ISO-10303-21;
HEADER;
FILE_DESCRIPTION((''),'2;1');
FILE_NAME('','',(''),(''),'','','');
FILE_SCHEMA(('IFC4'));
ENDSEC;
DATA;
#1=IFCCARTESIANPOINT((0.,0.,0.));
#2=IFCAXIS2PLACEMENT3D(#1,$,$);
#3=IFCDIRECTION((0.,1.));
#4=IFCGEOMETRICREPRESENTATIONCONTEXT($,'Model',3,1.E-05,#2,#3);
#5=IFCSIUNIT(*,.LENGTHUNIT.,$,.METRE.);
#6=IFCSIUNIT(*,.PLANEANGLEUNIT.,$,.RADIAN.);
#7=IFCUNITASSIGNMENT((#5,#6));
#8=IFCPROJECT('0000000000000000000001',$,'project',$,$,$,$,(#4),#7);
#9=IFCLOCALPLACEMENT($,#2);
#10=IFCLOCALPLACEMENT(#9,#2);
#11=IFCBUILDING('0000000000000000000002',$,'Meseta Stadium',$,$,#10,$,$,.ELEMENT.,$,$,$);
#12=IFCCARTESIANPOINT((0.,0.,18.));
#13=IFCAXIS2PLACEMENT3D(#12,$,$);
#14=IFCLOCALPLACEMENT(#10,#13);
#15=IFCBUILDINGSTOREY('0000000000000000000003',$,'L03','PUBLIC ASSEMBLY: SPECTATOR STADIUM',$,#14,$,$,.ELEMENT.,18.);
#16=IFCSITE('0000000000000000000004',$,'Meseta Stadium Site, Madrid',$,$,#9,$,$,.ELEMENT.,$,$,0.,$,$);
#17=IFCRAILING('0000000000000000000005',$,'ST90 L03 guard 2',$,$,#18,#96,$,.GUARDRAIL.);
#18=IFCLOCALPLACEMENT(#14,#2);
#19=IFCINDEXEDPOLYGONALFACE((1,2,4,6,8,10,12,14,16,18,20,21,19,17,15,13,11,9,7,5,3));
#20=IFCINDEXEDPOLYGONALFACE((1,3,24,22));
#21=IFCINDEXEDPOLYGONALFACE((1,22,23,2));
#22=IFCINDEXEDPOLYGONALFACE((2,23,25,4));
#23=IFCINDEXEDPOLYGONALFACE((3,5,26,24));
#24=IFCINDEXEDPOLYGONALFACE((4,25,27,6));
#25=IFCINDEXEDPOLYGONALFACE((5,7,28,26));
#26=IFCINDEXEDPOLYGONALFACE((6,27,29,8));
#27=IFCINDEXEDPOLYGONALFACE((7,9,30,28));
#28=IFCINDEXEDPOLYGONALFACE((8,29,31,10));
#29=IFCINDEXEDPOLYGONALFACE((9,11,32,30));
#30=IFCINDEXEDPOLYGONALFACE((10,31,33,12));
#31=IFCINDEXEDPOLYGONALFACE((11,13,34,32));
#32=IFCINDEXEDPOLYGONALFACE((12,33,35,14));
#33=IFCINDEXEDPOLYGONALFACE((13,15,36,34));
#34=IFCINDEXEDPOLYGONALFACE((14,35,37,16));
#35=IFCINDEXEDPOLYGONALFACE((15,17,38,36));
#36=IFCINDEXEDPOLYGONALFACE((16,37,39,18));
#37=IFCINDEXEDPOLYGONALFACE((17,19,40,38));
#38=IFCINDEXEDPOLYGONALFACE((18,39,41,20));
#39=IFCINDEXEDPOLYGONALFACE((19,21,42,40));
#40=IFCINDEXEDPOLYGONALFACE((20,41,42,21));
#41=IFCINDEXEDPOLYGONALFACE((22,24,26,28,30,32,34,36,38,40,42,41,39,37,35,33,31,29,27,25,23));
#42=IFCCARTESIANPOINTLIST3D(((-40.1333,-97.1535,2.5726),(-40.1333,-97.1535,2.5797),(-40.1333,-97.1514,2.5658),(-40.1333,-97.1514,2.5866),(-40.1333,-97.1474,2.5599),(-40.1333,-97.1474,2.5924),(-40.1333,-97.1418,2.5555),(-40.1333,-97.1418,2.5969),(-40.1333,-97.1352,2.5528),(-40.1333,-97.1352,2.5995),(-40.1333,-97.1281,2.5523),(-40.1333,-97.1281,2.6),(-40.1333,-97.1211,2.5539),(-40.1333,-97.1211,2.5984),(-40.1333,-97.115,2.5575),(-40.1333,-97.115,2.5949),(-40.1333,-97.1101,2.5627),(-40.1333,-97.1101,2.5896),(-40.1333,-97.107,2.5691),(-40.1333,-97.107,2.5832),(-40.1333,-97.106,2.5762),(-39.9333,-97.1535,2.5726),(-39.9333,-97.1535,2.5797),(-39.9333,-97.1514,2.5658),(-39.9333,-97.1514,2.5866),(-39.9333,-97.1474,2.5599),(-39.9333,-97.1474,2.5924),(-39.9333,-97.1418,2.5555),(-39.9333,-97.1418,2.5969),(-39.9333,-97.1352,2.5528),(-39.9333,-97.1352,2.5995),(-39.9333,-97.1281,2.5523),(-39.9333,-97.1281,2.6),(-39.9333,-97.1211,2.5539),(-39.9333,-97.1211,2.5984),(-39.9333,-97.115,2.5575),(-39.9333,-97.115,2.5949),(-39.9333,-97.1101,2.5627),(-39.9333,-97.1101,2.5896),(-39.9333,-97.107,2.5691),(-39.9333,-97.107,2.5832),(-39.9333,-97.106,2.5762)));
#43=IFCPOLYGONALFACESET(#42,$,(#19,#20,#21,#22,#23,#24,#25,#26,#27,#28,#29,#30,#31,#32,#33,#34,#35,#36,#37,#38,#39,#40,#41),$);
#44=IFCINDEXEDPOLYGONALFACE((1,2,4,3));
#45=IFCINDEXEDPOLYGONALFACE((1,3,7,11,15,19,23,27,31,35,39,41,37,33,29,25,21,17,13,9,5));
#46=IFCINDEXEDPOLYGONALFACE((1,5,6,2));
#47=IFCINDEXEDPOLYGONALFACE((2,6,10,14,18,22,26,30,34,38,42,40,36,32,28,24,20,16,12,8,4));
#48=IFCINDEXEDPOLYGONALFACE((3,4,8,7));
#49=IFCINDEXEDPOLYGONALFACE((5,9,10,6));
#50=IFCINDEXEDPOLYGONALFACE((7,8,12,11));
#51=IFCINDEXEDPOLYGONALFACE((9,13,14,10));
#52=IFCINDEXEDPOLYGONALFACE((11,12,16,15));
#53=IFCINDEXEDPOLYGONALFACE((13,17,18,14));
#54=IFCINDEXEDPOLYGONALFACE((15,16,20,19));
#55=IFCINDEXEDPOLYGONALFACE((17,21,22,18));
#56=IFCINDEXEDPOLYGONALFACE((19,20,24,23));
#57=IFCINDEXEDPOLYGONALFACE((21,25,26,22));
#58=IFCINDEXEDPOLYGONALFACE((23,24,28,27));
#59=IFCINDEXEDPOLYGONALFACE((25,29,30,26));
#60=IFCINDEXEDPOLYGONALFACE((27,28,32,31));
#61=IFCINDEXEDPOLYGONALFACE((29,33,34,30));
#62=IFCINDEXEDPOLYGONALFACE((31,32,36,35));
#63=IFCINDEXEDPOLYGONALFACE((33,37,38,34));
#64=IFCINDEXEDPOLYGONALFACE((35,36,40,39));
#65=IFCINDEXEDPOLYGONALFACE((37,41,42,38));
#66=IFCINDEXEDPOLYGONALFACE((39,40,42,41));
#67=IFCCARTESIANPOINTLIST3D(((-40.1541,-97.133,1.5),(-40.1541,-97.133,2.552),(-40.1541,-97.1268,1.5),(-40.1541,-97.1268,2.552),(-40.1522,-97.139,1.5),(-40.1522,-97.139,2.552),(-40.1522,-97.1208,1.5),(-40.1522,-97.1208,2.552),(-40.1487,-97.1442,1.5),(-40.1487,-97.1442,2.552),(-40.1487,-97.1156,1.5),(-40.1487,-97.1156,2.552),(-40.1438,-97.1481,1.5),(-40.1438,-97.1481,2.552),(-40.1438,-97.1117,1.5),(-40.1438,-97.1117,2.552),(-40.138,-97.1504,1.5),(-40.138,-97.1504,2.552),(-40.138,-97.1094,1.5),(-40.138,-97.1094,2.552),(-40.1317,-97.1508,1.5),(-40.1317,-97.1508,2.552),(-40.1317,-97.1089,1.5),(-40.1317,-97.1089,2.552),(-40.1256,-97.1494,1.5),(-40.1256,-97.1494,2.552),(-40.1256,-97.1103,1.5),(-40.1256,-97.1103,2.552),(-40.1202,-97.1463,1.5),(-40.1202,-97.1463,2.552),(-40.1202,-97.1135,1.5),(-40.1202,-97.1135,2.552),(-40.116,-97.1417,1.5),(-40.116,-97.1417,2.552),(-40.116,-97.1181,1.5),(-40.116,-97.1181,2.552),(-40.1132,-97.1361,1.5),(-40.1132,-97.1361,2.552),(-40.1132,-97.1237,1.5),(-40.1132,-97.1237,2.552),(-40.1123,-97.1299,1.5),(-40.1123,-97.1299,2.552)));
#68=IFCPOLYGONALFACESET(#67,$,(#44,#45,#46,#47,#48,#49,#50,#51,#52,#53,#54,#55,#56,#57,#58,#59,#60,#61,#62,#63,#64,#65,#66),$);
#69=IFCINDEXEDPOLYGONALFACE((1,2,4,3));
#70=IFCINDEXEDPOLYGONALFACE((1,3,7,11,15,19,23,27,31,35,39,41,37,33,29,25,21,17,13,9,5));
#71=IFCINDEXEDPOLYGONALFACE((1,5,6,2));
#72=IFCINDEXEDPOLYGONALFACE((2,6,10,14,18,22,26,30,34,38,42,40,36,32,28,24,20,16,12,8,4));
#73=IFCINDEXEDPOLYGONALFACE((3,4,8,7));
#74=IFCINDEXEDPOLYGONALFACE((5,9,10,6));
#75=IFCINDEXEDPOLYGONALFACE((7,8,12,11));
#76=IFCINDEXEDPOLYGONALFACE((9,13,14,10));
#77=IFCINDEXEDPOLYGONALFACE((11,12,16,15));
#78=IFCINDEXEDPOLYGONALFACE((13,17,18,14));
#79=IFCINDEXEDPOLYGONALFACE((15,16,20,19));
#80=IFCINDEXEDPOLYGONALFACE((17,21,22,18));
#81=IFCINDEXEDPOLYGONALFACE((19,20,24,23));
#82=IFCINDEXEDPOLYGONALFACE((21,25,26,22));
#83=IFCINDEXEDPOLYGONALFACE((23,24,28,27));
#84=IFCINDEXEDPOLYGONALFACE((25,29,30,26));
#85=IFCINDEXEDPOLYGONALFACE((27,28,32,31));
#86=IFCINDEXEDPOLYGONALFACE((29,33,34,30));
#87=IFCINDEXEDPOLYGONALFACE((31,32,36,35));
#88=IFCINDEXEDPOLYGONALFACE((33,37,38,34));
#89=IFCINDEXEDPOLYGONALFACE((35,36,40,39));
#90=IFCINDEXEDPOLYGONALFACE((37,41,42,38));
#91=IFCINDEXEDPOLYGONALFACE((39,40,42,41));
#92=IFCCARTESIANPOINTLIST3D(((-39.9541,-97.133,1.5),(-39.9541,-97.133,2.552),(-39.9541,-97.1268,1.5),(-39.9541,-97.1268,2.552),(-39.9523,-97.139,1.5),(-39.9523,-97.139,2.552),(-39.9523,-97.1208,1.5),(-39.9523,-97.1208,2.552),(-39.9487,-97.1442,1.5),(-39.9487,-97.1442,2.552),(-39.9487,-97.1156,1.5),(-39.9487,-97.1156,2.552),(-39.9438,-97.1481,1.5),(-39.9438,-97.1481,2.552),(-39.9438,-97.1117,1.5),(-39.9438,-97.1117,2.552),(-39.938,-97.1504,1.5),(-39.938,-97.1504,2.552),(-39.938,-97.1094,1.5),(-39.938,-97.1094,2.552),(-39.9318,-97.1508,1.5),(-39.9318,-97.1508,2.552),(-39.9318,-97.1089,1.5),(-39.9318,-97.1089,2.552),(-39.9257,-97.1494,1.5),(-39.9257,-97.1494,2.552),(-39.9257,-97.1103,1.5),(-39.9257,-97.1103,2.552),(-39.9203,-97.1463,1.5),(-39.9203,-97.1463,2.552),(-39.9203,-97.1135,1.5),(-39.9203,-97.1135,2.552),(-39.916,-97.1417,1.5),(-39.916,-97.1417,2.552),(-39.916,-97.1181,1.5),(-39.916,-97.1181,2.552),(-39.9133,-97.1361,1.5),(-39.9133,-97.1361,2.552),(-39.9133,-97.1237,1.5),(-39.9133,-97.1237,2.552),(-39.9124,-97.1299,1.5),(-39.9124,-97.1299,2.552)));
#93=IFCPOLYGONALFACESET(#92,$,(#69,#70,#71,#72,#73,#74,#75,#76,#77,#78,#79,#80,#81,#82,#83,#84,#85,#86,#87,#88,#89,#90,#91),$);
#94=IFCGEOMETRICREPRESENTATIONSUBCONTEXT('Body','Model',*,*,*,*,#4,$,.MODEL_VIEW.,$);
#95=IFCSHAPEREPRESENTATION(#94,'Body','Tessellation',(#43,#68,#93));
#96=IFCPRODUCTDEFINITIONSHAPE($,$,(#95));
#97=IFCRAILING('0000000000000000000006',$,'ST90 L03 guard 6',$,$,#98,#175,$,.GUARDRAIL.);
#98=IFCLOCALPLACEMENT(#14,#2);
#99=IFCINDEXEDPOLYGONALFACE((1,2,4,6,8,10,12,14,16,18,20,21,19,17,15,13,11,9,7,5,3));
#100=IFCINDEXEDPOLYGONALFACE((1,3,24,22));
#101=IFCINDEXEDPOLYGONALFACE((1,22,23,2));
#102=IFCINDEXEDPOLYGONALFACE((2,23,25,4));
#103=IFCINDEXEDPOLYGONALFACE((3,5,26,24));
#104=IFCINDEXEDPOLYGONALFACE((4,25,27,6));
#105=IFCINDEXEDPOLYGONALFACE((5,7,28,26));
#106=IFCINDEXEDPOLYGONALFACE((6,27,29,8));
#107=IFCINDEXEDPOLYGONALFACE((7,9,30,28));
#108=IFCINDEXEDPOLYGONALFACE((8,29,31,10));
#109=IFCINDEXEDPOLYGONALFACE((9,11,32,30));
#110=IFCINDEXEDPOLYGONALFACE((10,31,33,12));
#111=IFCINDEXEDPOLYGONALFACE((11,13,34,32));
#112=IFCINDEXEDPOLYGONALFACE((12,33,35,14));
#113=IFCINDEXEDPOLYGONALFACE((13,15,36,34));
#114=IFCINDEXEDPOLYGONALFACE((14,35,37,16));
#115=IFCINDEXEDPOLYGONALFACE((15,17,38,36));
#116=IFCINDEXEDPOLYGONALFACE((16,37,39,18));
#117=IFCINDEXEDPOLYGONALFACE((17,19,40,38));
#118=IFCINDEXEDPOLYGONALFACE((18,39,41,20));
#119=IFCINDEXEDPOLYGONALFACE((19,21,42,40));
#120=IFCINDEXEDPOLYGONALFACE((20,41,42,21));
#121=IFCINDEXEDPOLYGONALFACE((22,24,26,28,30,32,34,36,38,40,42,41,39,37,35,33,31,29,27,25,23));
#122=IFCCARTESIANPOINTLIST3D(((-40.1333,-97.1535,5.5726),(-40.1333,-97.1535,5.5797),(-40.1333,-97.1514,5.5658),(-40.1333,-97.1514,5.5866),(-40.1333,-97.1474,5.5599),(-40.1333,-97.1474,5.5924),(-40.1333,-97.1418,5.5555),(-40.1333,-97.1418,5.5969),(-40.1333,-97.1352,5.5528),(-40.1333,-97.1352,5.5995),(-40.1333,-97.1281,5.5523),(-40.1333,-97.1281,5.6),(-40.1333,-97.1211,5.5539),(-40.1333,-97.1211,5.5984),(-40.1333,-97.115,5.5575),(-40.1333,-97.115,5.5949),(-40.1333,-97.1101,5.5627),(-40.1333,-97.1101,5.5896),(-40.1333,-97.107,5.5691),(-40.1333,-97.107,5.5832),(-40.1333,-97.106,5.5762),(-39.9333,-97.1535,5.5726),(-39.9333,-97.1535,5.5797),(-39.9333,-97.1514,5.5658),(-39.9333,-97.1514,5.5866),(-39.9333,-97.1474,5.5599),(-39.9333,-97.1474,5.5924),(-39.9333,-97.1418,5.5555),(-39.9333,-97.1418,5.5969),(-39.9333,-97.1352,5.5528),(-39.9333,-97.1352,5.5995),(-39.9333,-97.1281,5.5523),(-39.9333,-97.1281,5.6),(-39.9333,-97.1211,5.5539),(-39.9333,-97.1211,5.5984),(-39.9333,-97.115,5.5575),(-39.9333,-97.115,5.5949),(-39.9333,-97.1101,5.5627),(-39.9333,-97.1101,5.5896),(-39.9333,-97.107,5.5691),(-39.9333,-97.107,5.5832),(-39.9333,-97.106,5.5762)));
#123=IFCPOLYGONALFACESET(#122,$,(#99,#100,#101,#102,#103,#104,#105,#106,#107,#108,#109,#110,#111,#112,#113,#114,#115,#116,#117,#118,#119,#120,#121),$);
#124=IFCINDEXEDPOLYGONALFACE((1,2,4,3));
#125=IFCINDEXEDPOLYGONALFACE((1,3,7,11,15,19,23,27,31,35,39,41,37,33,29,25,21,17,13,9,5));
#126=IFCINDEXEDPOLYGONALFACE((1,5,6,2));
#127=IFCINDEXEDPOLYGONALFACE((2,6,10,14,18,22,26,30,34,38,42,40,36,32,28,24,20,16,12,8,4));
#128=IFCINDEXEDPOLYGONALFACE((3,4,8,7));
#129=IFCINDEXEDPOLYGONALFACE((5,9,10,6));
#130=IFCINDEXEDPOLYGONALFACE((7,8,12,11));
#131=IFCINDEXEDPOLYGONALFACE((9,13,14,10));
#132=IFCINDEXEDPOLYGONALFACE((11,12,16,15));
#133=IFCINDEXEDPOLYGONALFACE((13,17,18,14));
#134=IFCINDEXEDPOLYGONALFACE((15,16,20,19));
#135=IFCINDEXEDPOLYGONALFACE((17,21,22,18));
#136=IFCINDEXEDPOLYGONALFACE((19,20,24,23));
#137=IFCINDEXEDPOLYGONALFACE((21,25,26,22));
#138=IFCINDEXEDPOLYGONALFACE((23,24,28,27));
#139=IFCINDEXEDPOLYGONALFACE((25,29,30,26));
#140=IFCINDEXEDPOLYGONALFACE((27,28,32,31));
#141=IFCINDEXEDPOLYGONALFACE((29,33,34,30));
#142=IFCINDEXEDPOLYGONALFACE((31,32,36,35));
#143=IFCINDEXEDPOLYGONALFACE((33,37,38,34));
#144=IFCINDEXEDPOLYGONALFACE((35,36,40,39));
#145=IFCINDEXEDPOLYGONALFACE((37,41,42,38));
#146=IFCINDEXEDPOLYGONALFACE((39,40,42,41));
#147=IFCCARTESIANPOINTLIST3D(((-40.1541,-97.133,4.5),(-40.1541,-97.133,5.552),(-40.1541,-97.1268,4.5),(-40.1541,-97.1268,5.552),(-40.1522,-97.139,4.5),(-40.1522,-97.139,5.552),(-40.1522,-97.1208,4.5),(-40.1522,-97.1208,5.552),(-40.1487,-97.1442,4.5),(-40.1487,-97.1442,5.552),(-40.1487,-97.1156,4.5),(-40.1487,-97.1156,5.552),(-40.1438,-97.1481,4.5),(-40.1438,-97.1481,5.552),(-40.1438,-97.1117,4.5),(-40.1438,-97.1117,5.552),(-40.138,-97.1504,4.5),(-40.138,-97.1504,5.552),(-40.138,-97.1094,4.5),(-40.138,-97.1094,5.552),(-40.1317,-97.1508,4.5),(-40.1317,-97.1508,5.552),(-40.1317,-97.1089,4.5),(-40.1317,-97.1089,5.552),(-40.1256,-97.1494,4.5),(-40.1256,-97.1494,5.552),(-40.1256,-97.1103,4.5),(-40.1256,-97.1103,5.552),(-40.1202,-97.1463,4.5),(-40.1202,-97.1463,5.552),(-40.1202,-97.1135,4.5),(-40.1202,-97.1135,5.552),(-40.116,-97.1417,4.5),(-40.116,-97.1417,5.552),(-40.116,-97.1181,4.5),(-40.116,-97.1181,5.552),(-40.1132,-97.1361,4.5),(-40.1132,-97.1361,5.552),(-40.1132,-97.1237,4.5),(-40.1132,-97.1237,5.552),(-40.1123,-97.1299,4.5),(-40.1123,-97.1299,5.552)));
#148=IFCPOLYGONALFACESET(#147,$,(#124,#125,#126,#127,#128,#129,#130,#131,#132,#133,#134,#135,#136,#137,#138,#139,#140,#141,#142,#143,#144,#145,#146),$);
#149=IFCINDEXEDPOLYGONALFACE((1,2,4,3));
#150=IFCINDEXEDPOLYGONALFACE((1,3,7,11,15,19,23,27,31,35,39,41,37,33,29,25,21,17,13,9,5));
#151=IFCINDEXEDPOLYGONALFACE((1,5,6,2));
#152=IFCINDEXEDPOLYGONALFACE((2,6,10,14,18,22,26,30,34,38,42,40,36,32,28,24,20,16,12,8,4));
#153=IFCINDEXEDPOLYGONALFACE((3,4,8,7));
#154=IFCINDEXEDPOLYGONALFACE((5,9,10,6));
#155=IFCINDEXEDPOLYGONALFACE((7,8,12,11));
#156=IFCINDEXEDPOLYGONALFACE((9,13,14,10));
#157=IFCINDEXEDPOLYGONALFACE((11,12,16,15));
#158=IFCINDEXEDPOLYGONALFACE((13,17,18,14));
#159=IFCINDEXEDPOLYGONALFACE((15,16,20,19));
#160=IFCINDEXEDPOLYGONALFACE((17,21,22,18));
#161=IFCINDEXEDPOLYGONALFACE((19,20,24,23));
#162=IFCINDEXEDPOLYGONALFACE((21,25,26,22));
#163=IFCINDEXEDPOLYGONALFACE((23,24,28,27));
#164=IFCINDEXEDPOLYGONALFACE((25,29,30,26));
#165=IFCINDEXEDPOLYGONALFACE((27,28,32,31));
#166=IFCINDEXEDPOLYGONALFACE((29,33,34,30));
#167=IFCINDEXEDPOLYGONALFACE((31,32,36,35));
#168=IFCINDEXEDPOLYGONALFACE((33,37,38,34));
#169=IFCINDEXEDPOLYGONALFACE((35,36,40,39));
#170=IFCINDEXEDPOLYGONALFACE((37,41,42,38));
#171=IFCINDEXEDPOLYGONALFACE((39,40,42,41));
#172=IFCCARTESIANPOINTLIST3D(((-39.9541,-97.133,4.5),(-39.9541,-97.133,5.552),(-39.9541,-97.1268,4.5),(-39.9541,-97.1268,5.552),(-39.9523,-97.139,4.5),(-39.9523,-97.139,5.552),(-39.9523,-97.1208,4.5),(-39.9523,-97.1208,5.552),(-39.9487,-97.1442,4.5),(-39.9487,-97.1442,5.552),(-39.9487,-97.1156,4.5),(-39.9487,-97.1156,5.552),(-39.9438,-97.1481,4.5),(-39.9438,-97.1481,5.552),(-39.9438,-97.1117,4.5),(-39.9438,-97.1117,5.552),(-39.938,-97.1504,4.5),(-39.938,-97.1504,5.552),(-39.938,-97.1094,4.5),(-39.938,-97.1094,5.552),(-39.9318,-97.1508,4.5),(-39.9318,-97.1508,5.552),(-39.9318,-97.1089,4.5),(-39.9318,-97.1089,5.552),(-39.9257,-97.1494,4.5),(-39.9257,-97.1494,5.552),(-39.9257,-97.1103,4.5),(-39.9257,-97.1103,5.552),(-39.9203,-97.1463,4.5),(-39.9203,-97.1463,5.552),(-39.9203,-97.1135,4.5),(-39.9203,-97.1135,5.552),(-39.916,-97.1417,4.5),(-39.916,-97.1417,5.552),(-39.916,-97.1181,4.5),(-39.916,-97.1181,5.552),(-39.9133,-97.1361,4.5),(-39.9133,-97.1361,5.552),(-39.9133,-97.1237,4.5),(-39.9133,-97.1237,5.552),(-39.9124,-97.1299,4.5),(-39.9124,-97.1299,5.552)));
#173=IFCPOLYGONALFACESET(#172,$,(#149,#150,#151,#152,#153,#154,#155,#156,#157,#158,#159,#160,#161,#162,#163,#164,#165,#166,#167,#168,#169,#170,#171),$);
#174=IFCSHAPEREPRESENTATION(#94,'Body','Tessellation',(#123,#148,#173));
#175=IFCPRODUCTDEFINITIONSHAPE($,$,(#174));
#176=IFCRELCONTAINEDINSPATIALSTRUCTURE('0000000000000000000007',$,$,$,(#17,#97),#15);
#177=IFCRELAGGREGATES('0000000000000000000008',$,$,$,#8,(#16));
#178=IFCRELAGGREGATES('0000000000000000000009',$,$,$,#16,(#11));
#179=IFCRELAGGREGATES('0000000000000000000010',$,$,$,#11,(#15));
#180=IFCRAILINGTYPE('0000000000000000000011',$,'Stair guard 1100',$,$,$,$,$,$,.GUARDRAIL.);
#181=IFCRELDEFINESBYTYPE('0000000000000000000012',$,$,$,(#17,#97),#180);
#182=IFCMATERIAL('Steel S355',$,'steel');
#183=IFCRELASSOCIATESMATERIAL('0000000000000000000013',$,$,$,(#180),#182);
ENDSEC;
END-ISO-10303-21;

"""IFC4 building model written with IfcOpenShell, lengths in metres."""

from ifc_helpers import new_model, si_unit, direction, frame, origin, origin_2d, place, context, subcontext, project, spatial, circle, extrude, material, type_object, element, save


model = new_model("IFC4")

# Units and contexts
model_context = context("Model", 3, precision=1e-05, world=origin(), true_north=direction((0.0, 1.0)))
body_context = subcontext(model_context, "Body", "Model", "MODEL_VIEW")
ifc_project = project(units=[si_unit("LENGTHUNIT", "METRE"), si_unit("PLANEANGLEUNIT", "RADIAN")], contexts=[model_context])

# Site, building, storey
site_placement = place(None, origin())
site = spatial("IfcSite", under=ifc_project, at=site_placement, Name="Meseta Stadium Site, Madrid", CompositionType="ELEMENT", RefElevation=0.0)
building_placement = place(site_placement, origin())
building = spatial("IfcBuilding", under=site, at=building_placement, Name="Meseta Stadium", CompositionType="ELEMENT")
storey_placement = place(building_placement, frame((0.0, 0.0, 18.0)))
storey = spatial("IfcBuildingStorey", under=building, at=storey_placement, Name="L03", Description="PUBLIC ASSEMBLY: SPECTATOR STADIUM", CompositionType="ELEMENT", Elevation=18.0)

# Railings
ifc_material_1 = material(Name="Steel S355", Category="steel")
railing_type = type_object("IfcRailingType", Name="Stair guard 1100", PredefinedType="GUARDRAIL", material=ifc_material_1)
for number, where, name in (
    (1, (-40.1333, -97.1299, 1.5), "ST90 L03 guard 2"),
    (2, (-40.1333, -97.1299, 4.5), "ST90 L03 guard 6"),
):
    element("IfcRailing", number, at=place(storey_placement, frame(where)), inside=storey, type_object=railing_type, Name=name, PredefinedType="GUARDRAIL", context=body_context, shape_type="SweptSolid", body=[
        extrude(circle(Radius=0.0239, at=origin_2d()), frame((0.0, 0.0, 1.0762), z_axis=(1.0, 0.0, 0.0), x_axis=(0.0, 1.0, 0.0)), (0.0, 0.0, 1.0), 0.2),
        extrude(circle(Radius=0.021, at=origin_2d()), origin(), (0.0, 0.0, 1.0), 1.052),
        extrude(circle(Radius=0.021, at=origin_2d()), frame((0.2, 0.0, 0.0)), (0.0, 0.0, 1.0), 1.052),
    ])

save(model, "model.ifc")
